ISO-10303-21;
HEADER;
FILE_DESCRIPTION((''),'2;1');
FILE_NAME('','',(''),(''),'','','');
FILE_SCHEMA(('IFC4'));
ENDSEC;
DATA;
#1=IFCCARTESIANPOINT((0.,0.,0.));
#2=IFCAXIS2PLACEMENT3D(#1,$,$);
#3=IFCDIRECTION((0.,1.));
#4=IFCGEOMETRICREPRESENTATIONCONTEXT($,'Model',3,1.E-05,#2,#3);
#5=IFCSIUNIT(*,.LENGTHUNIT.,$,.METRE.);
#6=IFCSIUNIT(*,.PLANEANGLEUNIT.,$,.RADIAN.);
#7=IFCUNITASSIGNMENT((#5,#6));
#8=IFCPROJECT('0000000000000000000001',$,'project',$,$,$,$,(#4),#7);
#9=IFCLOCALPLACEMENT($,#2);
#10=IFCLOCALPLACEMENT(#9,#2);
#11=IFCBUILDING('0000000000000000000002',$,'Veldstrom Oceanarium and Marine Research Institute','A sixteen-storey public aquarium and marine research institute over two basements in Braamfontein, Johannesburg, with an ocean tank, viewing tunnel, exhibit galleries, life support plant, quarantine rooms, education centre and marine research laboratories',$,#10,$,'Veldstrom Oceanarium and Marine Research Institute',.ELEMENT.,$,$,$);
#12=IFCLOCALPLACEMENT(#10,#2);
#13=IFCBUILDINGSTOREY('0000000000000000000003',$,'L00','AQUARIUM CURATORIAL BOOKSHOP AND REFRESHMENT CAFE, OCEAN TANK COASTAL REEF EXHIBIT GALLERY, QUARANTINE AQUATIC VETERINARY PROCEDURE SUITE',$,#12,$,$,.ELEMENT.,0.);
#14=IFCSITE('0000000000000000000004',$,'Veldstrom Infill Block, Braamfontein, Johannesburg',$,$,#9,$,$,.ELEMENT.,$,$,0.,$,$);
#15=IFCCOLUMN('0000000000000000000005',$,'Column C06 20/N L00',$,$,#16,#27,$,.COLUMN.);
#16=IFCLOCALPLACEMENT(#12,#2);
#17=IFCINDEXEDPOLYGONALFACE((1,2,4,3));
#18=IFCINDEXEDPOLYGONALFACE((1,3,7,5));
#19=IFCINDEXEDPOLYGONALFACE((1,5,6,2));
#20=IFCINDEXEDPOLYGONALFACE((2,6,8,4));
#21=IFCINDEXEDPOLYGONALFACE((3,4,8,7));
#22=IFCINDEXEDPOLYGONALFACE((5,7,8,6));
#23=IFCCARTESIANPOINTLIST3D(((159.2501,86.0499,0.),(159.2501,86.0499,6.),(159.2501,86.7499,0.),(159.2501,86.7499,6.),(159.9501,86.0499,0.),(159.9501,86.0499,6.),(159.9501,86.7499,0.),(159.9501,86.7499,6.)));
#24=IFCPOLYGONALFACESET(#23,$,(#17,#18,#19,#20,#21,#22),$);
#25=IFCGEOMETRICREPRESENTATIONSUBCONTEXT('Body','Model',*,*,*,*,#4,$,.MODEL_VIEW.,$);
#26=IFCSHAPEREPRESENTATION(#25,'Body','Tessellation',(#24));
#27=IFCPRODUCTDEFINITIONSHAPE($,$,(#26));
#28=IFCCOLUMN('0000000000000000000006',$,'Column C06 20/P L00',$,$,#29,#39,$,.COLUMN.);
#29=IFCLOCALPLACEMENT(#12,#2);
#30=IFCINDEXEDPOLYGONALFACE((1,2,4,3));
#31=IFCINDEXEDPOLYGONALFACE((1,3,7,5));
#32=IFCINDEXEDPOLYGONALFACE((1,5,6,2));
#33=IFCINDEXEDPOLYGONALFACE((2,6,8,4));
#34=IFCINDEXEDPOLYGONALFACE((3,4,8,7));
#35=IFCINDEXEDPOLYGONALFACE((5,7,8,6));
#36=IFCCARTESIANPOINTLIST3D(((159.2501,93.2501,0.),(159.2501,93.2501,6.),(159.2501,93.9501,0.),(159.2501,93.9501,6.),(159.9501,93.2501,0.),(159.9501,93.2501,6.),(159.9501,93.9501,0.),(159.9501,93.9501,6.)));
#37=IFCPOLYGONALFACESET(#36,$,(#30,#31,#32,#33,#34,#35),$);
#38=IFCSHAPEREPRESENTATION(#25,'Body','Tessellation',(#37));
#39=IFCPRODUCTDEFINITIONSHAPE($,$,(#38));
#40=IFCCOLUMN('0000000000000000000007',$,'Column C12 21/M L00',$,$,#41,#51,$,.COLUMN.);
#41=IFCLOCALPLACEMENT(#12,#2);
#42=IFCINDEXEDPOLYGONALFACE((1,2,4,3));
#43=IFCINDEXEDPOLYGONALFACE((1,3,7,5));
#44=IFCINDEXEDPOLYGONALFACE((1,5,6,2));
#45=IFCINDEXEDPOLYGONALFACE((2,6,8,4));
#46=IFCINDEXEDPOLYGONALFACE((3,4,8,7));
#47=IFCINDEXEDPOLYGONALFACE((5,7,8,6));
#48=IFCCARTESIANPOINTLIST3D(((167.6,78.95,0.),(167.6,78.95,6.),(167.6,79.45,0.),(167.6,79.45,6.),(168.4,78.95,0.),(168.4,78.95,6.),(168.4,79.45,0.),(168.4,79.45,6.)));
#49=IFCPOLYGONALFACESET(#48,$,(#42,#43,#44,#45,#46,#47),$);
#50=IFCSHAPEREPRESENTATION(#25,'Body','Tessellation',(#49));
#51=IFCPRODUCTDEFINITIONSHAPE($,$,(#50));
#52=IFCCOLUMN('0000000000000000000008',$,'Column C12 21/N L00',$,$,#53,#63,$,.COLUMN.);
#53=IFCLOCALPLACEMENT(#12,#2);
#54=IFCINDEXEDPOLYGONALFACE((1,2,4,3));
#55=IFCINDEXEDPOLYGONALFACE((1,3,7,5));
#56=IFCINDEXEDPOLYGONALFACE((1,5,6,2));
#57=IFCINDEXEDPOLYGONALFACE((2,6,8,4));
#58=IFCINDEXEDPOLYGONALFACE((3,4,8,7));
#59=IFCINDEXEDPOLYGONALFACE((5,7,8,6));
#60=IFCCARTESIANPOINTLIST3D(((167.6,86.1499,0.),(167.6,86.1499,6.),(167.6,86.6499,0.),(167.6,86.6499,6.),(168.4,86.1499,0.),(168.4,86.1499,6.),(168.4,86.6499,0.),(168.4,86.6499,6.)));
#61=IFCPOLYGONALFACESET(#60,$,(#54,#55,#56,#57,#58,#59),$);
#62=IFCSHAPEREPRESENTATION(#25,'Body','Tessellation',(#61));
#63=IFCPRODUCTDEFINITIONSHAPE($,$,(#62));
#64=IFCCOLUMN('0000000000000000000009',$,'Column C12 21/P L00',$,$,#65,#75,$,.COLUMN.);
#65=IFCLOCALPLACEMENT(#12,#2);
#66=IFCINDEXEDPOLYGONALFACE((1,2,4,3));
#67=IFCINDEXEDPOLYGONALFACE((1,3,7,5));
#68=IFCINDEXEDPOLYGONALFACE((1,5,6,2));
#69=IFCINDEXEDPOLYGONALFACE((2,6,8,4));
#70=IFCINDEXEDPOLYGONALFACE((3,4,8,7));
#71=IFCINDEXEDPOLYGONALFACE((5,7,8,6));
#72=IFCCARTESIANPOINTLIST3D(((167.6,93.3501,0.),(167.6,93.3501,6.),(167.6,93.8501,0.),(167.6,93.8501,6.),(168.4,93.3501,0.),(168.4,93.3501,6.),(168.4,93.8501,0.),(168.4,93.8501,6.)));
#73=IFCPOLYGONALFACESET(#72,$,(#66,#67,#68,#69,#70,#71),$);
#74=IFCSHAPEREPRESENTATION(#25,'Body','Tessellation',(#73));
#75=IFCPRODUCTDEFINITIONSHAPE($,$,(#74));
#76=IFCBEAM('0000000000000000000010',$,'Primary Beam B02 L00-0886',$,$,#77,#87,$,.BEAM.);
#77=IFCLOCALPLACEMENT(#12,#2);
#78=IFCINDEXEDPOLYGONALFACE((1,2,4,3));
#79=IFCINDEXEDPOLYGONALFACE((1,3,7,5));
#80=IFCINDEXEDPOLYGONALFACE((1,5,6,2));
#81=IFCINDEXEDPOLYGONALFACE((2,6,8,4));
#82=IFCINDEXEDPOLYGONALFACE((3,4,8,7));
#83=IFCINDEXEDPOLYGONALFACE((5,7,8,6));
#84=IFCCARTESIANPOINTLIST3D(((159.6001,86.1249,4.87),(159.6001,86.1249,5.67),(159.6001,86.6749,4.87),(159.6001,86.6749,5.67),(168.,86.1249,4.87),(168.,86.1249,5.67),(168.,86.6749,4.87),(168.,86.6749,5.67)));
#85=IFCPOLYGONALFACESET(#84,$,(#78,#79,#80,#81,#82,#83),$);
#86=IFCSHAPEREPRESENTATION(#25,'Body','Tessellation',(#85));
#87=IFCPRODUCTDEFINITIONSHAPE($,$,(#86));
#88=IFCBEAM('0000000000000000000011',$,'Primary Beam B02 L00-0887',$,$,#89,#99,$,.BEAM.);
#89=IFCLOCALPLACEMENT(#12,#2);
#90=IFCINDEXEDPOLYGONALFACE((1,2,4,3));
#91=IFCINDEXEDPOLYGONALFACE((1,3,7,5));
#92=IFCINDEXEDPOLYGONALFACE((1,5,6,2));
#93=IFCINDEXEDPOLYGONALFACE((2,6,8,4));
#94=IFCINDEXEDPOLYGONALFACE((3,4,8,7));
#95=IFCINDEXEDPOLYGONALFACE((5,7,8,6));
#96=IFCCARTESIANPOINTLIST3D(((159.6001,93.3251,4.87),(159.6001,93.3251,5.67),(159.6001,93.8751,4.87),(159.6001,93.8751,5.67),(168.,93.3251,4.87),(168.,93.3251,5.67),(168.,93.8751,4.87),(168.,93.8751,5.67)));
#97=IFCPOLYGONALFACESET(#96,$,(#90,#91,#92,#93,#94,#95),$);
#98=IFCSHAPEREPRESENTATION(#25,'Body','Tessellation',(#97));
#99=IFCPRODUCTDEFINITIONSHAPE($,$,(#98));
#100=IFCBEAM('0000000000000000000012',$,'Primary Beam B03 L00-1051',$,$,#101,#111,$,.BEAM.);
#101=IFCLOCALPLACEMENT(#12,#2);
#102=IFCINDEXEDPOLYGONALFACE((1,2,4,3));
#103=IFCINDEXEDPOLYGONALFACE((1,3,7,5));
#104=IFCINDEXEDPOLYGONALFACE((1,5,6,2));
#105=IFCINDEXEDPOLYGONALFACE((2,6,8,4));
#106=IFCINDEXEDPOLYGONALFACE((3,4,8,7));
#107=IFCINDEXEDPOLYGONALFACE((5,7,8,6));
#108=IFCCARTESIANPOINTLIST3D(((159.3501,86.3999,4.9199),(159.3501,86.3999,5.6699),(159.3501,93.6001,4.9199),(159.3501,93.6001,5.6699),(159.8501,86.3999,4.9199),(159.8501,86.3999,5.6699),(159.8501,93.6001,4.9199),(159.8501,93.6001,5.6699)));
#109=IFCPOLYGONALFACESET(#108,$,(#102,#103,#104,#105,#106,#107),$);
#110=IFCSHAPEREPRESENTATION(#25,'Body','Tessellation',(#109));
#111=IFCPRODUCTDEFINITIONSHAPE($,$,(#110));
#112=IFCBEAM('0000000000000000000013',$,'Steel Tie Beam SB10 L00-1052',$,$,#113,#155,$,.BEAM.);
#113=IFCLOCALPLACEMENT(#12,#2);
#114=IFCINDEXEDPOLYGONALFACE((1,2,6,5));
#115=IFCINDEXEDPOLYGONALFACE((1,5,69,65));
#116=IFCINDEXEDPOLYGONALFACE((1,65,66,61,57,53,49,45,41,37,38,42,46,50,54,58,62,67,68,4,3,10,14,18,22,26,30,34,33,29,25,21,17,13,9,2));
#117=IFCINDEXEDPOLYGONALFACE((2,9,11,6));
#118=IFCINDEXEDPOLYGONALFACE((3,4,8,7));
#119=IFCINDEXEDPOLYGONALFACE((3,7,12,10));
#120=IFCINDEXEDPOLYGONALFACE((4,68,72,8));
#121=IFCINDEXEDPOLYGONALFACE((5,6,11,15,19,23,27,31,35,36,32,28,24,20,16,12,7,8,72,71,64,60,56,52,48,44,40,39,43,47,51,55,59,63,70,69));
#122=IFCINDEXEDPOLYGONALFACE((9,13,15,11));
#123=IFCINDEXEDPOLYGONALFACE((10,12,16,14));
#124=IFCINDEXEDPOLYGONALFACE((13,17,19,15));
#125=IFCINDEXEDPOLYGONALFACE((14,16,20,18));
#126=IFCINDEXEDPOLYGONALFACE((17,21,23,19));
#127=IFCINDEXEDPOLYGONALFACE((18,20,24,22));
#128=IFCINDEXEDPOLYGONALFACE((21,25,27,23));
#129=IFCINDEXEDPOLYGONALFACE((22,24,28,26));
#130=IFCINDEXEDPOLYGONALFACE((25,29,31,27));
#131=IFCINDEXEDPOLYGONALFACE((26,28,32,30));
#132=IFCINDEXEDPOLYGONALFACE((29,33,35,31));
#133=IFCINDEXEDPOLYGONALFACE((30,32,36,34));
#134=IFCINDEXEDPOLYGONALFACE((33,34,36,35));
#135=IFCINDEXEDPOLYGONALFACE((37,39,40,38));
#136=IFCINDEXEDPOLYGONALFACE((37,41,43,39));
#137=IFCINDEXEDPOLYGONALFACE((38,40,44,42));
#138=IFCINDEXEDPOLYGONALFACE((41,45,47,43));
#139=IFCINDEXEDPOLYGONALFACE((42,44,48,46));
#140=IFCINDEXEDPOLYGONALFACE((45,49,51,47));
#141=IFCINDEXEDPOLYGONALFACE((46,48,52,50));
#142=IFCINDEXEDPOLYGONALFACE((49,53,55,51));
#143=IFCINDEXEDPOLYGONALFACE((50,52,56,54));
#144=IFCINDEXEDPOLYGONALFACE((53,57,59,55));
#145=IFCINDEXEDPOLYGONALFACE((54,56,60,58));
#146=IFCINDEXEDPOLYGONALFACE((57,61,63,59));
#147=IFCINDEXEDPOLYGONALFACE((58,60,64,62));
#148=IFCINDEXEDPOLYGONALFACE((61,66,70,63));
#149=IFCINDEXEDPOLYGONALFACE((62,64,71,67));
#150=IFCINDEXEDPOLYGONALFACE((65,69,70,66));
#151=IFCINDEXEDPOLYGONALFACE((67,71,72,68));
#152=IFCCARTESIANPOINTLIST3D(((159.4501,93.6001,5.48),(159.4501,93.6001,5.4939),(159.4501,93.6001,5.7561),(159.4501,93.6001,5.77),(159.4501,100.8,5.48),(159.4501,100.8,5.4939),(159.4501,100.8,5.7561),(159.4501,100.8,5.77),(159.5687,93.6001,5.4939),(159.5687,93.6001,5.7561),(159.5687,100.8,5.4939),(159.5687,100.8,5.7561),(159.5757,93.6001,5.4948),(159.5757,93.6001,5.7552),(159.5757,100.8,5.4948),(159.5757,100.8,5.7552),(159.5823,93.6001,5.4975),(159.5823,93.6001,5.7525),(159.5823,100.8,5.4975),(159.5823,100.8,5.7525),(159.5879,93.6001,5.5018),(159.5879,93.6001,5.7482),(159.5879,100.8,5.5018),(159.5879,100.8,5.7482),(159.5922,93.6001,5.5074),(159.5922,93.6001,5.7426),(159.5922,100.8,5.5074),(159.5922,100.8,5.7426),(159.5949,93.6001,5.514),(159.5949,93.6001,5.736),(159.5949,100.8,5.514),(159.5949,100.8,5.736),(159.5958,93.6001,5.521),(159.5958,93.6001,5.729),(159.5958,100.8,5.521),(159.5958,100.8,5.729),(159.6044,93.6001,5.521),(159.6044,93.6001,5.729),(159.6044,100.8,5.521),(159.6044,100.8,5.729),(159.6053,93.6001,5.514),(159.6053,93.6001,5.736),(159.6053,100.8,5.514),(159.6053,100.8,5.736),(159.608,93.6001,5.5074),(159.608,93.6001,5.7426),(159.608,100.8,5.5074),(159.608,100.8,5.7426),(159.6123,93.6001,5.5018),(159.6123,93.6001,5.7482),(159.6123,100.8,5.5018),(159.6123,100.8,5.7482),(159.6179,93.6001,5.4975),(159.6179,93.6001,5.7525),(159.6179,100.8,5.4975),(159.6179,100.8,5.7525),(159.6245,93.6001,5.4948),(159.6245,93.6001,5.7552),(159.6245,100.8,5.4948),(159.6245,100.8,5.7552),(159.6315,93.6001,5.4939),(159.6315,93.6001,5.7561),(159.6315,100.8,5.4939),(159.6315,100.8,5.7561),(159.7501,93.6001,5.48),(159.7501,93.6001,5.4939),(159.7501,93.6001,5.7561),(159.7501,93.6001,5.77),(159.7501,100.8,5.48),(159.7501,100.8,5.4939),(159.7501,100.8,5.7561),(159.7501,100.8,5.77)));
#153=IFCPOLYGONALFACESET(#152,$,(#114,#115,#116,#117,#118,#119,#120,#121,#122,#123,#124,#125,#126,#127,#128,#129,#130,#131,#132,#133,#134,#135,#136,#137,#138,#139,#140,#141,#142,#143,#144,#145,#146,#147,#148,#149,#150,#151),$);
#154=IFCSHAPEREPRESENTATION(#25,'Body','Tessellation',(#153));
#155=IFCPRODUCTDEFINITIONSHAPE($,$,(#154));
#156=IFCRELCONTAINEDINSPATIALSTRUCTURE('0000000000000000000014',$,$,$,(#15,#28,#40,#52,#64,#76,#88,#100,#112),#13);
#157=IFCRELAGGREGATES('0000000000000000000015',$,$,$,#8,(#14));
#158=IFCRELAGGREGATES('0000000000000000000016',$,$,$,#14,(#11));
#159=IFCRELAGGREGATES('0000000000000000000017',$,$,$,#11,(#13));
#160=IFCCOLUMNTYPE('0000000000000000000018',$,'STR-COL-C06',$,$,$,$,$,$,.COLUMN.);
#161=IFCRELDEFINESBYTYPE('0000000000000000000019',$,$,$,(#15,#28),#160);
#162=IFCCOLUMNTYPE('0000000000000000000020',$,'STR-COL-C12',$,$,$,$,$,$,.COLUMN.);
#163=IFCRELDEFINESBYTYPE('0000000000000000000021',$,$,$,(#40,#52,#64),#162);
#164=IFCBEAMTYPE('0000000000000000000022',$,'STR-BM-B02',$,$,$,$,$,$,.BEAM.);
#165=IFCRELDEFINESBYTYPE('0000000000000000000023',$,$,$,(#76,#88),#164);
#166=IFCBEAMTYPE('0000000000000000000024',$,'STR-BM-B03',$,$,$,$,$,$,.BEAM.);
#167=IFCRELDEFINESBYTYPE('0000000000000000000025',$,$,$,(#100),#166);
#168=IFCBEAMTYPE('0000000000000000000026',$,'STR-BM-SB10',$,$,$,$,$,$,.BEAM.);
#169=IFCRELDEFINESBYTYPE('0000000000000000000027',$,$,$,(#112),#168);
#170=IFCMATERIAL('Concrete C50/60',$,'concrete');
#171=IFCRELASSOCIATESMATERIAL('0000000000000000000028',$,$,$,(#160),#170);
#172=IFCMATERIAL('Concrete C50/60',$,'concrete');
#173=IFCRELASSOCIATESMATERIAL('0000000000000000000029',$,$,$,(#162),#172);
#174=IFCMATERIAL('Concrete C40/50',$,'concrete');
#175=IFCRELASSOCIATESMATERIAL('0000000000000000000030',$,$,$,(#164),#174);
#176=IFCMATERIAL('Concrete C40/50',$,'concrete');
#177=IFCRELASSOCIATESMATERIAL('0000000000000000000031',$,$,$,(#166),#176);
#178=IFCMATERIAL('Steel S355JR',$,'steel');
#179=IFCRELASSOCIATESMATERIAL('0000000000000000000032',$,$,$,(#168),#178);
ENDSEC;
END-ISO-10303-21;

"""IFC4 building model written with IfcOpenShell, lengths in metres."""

from ifc_helpers import new_model, si_unit, direction, frame, origin, origin_2d, place, context, subcontext, project, spatial, rectangle, i_section, extrude, material, material_profile, profile_set, type_object, element, save


model = new_model("IFC4")

# Units and contexts
model_context = context("Model", 3, precision=1e-05, world=origin(), true_north=direction((0.0, 1.0)))
body_context = subcontext(model_context, "Body", "Model", "MODEL_VIEW")
ifc_project = project(units=[si_unit("LENGTHUNIT", "METRE"), si_unit("PLANEANGLEUNIT", "RADIAN")], contexts=[model_context])

# Site, building, storey
site_placement = place(None, origin())
site = spatial("IfcSite", under=ifc_project, at=site_placement, Name="Veldstrom Infill Block, Braamfontein, Johannesburg", CompositionType="ELEMENT", RefElevation=0.0)
building_placement = place(site_placement, origin())
building = spatial("IfcBuilding", under=site, at=building_placement, Name="Veldstrom Oceanarium and Marine Research Institute", Description="A sixteen-storey public aquarium and marine research institute over two basements in Braamfontein, Johannesburg, with an ocean tank, viewing tunnel, exhibit galleries, life support plant, quarantine rooms, education centre and marine research laboratories", LongName="Veldstrom Oceanarium and Marine Research Institute", CompositionType="ELEMENT")
storey_placement = place(building_placement, origin())
storey = spatial("IfcBuildingStorey", under=building, at=storey_placement, Name="L00", Description="AQUARIUM CURATORIAL BOOKSHOP AND REFRESHMENT CAFE, OCEAN TANK COASTAL REEF EXHIBIT GALLERY, QUARANTINE AQUATIC VETERINARY PROCEDURE SUITE", CompositionType="ELEMENT", Elevation=0.0)

# Columns
ifc_material_1 = material(Name="Concrete C50/60", Category="concrete")
ifc_material_profile_1 = material_profile(ifc_material_1, rectangle(XDim=0.7, YDim=0.7, at=origin_2d()), Name="RC-COL-700x700")
ifc_profile_set_1 = profile_set([ifc_material_profile_1], Name="Concrete C50/60")
column_type_1 = type_object("IfcColumnType", Name="STR-COL-C06", PredefinedType="COLUMN", material=ifc_profile_set_1)
for number, where, z_axis, x_axis, name in (
    (1, (159.6001, 86.3999, 0.0), (0.0, 0.0, 1.0), (1.0, 0.0, 0.0), "Column C06 20/N L00"),
    (2, (159.6001, 93.6001, 0.0), (0.0, 0.0, 1.0), (1.0, 0.0, 0.0), "Column C06 20/P L00"),
):
    element("IfcColumn", number, at=place(storey_placement, frame(where, z_axis=z_axis, x_axis=x_axis)), inside=storey, type_object=column_type_1, Name=name, PredefinedType="COLUMN", context=body_context, shape_type="SweptSolid", body=[
        extrude(rectangle(XDim=0.7, YDim=0.7, at=origin_2d()), origin(), (0.0, 0.0, 1.0), 6.0),
    ])
ifc_material_2 = material(Name="Concrete C50/60", Category="concrete")
ifc_material_profile_2 = material_profile(ifc_material_2, rectangle(XDim=0.5, YDim=0.8, at=origin_2d()), Name="RC-COL-800x500")
ifc_profile_set_2 = profile_set([ifc_material_profile_2], Name="Concrete C50/60")
column_type_2 = type_object("IfcColumnType", Name="STR-COL-C12", PredefinedType="COLUMN", material=ifc_profile_set_2)
for number, where, z_axis, x_axis, name in (
    (3, (168.0, 79.2, 0.0), (0.0, 0.0, 1.0), (0.0, 1.0, 0.0), "Column C12 21/M L00"),
    (4, (168.0, 86.3999, 0.0), (0.0, 0.0, 1.0), (0.0, 1.0, 0.0), "Column C12 21/N L00"),
    (5, (168.0, 93.6001, 0.0), (0.0, 0.0, 1.0), (0.0, 1.0, 0.0), "Column C12 21/P L00"),
):
    element("IfcColumn", number, at=place(storey_placement, frame(where, z_axis=z_axis, x_axis=x_axis)), inside=storey, type_object=column_type_2, Name=name, PredefinedType="COLUMN", context=body_context, shape_type="SweptSolid", body=[
        extrude(rectangle(XDim=0.5, YDim=0.8, at=origin_2d()), origin(), (0.0, 0.0, 1.0), 6.0),
    ])

# Beams
ifc_material_3 = material(Name="Concrete C40/50", Category="concrete")
ifc_material_profile_3 = material_profile(ifc_material_3, rectangle(XDim=0.55, YDim=0.8, at=origin_2d()), Name="RC-BM-550x800")
ifc_profile_set_3 = profile_set([ifc_material_profile_3], Name="Concrete C40/50")
beam_type_1 = type_object("IfcBeamType", Name="STR-BM-B02", PredefinedType="BEAM", material=ifc_profile_set_3)
for number, where, z_axis, x_axis, name in (
    (6, (159.6001, 86.3999, 5.27), (1.0, 0.0, 0.0), (0.0, 1.0, 0.0), "Primary Beam B02 L00-0886"),
    (7, (159.6001, 93.6001, 5.27), (1.0, 0.0, 0.0), (0.0, 1.0, 0.0), "Primary Beam B02 L00-0887"),
):
    element("IfcBeam", number, at=place(storey_placement, frame(where, z_axis=z_axis, x_axis=x_axis)), inside=storey, type_object=beam_type_1, Name=name, PredefinedType="BEAM", context=body_context, shape_type="SweptSolid", body=[
        extrude(rectangle(XDim=0.55, YDim=0.8, at=origin_2d()), origin(), (0.0, 0.0, 1.0), 8.3999),
    ])
ifc_material_4 = material(Name="Concrete C40/50", Category="concrete")
ifc_material_profile_4 = material_profile(ifc_material_4, rectangle(XDim=0.5, YDim=0.75, at=origin_2d()), Name="RC-BM-500x750")
ifc_profile_set_4 = profile_set([ifc_material_profile_4], Name="Concrete C40/50")
beam_type_2 = type_object("IfcBeamType", Name="STR-BM-B03", PredefinedType="BEAM", material=ifc_profile_set_4)
beam_1_placement = place(storey_placement, frame((159.6001, 86.3999, 5.2949), z_axis=(0.0, 1.0, 0.0), x_axis=(-1.0, 0.0, 0.0)))
element("IfcBeam", 8, at=beam_1_placement, inside=storey, type_object=beam_type_2, Name="Primary Beam B03 L00-1051", PredefinedType="BEAM", context=body_context, shape_type="SweptSolid", body=[
    extrude(rectangle(XDim=0.5, YDim=0.75, at=origin_2d()), origin(), (0.0, 0.0, 1.0), 7.2002),
])
ifc_material_5 = material(Name="Steel S355JR", Category="steel")
ifc_material_profile_5 = material_profile(ifc_material_5, i_section(OverallWidth=0.3, OverallDepth=0.29, WebThickness=0.0085, FlangeThickness=0.0139, FilletRadius=0.0271, at=origin_2d()), Name="HEA 300")
ifc_profile_set_5 = profile_set([ifc_material_profile_5], Name="Steel S355JR")
beam_type_3 = type_object("IfcBeamType", Name="STR-BM-SB10", PredefinedType="BEAM", material=ifc_profile_set_5)
beam_2_placement = place(storey_placement, frame((159.6001, 93.6001, 5.625), z_axis=(0.0, 1.0, 0.0), x_axis=(-1.0, 0.0, 0.0)))
element("IfcBeam", 9, at=beam_2_placement, inside=storey, type_object=beam_type_3, Name="Steel Tie Beam SB10 L00-1052", PredefinedType="BEAM", context=body_context, shape_type="SweptSolid", body=[
    extrude(i_section(OverallWidth=0.3, OverallDepth=0.29, WebThickness=0.0085, FlangeThickness=0.0139, FilletRadius=0.0271, at=origin_2d()), origin(), (0.0, 0.0, 1.0), 7.2),
])

save(model, "model.ifc")
